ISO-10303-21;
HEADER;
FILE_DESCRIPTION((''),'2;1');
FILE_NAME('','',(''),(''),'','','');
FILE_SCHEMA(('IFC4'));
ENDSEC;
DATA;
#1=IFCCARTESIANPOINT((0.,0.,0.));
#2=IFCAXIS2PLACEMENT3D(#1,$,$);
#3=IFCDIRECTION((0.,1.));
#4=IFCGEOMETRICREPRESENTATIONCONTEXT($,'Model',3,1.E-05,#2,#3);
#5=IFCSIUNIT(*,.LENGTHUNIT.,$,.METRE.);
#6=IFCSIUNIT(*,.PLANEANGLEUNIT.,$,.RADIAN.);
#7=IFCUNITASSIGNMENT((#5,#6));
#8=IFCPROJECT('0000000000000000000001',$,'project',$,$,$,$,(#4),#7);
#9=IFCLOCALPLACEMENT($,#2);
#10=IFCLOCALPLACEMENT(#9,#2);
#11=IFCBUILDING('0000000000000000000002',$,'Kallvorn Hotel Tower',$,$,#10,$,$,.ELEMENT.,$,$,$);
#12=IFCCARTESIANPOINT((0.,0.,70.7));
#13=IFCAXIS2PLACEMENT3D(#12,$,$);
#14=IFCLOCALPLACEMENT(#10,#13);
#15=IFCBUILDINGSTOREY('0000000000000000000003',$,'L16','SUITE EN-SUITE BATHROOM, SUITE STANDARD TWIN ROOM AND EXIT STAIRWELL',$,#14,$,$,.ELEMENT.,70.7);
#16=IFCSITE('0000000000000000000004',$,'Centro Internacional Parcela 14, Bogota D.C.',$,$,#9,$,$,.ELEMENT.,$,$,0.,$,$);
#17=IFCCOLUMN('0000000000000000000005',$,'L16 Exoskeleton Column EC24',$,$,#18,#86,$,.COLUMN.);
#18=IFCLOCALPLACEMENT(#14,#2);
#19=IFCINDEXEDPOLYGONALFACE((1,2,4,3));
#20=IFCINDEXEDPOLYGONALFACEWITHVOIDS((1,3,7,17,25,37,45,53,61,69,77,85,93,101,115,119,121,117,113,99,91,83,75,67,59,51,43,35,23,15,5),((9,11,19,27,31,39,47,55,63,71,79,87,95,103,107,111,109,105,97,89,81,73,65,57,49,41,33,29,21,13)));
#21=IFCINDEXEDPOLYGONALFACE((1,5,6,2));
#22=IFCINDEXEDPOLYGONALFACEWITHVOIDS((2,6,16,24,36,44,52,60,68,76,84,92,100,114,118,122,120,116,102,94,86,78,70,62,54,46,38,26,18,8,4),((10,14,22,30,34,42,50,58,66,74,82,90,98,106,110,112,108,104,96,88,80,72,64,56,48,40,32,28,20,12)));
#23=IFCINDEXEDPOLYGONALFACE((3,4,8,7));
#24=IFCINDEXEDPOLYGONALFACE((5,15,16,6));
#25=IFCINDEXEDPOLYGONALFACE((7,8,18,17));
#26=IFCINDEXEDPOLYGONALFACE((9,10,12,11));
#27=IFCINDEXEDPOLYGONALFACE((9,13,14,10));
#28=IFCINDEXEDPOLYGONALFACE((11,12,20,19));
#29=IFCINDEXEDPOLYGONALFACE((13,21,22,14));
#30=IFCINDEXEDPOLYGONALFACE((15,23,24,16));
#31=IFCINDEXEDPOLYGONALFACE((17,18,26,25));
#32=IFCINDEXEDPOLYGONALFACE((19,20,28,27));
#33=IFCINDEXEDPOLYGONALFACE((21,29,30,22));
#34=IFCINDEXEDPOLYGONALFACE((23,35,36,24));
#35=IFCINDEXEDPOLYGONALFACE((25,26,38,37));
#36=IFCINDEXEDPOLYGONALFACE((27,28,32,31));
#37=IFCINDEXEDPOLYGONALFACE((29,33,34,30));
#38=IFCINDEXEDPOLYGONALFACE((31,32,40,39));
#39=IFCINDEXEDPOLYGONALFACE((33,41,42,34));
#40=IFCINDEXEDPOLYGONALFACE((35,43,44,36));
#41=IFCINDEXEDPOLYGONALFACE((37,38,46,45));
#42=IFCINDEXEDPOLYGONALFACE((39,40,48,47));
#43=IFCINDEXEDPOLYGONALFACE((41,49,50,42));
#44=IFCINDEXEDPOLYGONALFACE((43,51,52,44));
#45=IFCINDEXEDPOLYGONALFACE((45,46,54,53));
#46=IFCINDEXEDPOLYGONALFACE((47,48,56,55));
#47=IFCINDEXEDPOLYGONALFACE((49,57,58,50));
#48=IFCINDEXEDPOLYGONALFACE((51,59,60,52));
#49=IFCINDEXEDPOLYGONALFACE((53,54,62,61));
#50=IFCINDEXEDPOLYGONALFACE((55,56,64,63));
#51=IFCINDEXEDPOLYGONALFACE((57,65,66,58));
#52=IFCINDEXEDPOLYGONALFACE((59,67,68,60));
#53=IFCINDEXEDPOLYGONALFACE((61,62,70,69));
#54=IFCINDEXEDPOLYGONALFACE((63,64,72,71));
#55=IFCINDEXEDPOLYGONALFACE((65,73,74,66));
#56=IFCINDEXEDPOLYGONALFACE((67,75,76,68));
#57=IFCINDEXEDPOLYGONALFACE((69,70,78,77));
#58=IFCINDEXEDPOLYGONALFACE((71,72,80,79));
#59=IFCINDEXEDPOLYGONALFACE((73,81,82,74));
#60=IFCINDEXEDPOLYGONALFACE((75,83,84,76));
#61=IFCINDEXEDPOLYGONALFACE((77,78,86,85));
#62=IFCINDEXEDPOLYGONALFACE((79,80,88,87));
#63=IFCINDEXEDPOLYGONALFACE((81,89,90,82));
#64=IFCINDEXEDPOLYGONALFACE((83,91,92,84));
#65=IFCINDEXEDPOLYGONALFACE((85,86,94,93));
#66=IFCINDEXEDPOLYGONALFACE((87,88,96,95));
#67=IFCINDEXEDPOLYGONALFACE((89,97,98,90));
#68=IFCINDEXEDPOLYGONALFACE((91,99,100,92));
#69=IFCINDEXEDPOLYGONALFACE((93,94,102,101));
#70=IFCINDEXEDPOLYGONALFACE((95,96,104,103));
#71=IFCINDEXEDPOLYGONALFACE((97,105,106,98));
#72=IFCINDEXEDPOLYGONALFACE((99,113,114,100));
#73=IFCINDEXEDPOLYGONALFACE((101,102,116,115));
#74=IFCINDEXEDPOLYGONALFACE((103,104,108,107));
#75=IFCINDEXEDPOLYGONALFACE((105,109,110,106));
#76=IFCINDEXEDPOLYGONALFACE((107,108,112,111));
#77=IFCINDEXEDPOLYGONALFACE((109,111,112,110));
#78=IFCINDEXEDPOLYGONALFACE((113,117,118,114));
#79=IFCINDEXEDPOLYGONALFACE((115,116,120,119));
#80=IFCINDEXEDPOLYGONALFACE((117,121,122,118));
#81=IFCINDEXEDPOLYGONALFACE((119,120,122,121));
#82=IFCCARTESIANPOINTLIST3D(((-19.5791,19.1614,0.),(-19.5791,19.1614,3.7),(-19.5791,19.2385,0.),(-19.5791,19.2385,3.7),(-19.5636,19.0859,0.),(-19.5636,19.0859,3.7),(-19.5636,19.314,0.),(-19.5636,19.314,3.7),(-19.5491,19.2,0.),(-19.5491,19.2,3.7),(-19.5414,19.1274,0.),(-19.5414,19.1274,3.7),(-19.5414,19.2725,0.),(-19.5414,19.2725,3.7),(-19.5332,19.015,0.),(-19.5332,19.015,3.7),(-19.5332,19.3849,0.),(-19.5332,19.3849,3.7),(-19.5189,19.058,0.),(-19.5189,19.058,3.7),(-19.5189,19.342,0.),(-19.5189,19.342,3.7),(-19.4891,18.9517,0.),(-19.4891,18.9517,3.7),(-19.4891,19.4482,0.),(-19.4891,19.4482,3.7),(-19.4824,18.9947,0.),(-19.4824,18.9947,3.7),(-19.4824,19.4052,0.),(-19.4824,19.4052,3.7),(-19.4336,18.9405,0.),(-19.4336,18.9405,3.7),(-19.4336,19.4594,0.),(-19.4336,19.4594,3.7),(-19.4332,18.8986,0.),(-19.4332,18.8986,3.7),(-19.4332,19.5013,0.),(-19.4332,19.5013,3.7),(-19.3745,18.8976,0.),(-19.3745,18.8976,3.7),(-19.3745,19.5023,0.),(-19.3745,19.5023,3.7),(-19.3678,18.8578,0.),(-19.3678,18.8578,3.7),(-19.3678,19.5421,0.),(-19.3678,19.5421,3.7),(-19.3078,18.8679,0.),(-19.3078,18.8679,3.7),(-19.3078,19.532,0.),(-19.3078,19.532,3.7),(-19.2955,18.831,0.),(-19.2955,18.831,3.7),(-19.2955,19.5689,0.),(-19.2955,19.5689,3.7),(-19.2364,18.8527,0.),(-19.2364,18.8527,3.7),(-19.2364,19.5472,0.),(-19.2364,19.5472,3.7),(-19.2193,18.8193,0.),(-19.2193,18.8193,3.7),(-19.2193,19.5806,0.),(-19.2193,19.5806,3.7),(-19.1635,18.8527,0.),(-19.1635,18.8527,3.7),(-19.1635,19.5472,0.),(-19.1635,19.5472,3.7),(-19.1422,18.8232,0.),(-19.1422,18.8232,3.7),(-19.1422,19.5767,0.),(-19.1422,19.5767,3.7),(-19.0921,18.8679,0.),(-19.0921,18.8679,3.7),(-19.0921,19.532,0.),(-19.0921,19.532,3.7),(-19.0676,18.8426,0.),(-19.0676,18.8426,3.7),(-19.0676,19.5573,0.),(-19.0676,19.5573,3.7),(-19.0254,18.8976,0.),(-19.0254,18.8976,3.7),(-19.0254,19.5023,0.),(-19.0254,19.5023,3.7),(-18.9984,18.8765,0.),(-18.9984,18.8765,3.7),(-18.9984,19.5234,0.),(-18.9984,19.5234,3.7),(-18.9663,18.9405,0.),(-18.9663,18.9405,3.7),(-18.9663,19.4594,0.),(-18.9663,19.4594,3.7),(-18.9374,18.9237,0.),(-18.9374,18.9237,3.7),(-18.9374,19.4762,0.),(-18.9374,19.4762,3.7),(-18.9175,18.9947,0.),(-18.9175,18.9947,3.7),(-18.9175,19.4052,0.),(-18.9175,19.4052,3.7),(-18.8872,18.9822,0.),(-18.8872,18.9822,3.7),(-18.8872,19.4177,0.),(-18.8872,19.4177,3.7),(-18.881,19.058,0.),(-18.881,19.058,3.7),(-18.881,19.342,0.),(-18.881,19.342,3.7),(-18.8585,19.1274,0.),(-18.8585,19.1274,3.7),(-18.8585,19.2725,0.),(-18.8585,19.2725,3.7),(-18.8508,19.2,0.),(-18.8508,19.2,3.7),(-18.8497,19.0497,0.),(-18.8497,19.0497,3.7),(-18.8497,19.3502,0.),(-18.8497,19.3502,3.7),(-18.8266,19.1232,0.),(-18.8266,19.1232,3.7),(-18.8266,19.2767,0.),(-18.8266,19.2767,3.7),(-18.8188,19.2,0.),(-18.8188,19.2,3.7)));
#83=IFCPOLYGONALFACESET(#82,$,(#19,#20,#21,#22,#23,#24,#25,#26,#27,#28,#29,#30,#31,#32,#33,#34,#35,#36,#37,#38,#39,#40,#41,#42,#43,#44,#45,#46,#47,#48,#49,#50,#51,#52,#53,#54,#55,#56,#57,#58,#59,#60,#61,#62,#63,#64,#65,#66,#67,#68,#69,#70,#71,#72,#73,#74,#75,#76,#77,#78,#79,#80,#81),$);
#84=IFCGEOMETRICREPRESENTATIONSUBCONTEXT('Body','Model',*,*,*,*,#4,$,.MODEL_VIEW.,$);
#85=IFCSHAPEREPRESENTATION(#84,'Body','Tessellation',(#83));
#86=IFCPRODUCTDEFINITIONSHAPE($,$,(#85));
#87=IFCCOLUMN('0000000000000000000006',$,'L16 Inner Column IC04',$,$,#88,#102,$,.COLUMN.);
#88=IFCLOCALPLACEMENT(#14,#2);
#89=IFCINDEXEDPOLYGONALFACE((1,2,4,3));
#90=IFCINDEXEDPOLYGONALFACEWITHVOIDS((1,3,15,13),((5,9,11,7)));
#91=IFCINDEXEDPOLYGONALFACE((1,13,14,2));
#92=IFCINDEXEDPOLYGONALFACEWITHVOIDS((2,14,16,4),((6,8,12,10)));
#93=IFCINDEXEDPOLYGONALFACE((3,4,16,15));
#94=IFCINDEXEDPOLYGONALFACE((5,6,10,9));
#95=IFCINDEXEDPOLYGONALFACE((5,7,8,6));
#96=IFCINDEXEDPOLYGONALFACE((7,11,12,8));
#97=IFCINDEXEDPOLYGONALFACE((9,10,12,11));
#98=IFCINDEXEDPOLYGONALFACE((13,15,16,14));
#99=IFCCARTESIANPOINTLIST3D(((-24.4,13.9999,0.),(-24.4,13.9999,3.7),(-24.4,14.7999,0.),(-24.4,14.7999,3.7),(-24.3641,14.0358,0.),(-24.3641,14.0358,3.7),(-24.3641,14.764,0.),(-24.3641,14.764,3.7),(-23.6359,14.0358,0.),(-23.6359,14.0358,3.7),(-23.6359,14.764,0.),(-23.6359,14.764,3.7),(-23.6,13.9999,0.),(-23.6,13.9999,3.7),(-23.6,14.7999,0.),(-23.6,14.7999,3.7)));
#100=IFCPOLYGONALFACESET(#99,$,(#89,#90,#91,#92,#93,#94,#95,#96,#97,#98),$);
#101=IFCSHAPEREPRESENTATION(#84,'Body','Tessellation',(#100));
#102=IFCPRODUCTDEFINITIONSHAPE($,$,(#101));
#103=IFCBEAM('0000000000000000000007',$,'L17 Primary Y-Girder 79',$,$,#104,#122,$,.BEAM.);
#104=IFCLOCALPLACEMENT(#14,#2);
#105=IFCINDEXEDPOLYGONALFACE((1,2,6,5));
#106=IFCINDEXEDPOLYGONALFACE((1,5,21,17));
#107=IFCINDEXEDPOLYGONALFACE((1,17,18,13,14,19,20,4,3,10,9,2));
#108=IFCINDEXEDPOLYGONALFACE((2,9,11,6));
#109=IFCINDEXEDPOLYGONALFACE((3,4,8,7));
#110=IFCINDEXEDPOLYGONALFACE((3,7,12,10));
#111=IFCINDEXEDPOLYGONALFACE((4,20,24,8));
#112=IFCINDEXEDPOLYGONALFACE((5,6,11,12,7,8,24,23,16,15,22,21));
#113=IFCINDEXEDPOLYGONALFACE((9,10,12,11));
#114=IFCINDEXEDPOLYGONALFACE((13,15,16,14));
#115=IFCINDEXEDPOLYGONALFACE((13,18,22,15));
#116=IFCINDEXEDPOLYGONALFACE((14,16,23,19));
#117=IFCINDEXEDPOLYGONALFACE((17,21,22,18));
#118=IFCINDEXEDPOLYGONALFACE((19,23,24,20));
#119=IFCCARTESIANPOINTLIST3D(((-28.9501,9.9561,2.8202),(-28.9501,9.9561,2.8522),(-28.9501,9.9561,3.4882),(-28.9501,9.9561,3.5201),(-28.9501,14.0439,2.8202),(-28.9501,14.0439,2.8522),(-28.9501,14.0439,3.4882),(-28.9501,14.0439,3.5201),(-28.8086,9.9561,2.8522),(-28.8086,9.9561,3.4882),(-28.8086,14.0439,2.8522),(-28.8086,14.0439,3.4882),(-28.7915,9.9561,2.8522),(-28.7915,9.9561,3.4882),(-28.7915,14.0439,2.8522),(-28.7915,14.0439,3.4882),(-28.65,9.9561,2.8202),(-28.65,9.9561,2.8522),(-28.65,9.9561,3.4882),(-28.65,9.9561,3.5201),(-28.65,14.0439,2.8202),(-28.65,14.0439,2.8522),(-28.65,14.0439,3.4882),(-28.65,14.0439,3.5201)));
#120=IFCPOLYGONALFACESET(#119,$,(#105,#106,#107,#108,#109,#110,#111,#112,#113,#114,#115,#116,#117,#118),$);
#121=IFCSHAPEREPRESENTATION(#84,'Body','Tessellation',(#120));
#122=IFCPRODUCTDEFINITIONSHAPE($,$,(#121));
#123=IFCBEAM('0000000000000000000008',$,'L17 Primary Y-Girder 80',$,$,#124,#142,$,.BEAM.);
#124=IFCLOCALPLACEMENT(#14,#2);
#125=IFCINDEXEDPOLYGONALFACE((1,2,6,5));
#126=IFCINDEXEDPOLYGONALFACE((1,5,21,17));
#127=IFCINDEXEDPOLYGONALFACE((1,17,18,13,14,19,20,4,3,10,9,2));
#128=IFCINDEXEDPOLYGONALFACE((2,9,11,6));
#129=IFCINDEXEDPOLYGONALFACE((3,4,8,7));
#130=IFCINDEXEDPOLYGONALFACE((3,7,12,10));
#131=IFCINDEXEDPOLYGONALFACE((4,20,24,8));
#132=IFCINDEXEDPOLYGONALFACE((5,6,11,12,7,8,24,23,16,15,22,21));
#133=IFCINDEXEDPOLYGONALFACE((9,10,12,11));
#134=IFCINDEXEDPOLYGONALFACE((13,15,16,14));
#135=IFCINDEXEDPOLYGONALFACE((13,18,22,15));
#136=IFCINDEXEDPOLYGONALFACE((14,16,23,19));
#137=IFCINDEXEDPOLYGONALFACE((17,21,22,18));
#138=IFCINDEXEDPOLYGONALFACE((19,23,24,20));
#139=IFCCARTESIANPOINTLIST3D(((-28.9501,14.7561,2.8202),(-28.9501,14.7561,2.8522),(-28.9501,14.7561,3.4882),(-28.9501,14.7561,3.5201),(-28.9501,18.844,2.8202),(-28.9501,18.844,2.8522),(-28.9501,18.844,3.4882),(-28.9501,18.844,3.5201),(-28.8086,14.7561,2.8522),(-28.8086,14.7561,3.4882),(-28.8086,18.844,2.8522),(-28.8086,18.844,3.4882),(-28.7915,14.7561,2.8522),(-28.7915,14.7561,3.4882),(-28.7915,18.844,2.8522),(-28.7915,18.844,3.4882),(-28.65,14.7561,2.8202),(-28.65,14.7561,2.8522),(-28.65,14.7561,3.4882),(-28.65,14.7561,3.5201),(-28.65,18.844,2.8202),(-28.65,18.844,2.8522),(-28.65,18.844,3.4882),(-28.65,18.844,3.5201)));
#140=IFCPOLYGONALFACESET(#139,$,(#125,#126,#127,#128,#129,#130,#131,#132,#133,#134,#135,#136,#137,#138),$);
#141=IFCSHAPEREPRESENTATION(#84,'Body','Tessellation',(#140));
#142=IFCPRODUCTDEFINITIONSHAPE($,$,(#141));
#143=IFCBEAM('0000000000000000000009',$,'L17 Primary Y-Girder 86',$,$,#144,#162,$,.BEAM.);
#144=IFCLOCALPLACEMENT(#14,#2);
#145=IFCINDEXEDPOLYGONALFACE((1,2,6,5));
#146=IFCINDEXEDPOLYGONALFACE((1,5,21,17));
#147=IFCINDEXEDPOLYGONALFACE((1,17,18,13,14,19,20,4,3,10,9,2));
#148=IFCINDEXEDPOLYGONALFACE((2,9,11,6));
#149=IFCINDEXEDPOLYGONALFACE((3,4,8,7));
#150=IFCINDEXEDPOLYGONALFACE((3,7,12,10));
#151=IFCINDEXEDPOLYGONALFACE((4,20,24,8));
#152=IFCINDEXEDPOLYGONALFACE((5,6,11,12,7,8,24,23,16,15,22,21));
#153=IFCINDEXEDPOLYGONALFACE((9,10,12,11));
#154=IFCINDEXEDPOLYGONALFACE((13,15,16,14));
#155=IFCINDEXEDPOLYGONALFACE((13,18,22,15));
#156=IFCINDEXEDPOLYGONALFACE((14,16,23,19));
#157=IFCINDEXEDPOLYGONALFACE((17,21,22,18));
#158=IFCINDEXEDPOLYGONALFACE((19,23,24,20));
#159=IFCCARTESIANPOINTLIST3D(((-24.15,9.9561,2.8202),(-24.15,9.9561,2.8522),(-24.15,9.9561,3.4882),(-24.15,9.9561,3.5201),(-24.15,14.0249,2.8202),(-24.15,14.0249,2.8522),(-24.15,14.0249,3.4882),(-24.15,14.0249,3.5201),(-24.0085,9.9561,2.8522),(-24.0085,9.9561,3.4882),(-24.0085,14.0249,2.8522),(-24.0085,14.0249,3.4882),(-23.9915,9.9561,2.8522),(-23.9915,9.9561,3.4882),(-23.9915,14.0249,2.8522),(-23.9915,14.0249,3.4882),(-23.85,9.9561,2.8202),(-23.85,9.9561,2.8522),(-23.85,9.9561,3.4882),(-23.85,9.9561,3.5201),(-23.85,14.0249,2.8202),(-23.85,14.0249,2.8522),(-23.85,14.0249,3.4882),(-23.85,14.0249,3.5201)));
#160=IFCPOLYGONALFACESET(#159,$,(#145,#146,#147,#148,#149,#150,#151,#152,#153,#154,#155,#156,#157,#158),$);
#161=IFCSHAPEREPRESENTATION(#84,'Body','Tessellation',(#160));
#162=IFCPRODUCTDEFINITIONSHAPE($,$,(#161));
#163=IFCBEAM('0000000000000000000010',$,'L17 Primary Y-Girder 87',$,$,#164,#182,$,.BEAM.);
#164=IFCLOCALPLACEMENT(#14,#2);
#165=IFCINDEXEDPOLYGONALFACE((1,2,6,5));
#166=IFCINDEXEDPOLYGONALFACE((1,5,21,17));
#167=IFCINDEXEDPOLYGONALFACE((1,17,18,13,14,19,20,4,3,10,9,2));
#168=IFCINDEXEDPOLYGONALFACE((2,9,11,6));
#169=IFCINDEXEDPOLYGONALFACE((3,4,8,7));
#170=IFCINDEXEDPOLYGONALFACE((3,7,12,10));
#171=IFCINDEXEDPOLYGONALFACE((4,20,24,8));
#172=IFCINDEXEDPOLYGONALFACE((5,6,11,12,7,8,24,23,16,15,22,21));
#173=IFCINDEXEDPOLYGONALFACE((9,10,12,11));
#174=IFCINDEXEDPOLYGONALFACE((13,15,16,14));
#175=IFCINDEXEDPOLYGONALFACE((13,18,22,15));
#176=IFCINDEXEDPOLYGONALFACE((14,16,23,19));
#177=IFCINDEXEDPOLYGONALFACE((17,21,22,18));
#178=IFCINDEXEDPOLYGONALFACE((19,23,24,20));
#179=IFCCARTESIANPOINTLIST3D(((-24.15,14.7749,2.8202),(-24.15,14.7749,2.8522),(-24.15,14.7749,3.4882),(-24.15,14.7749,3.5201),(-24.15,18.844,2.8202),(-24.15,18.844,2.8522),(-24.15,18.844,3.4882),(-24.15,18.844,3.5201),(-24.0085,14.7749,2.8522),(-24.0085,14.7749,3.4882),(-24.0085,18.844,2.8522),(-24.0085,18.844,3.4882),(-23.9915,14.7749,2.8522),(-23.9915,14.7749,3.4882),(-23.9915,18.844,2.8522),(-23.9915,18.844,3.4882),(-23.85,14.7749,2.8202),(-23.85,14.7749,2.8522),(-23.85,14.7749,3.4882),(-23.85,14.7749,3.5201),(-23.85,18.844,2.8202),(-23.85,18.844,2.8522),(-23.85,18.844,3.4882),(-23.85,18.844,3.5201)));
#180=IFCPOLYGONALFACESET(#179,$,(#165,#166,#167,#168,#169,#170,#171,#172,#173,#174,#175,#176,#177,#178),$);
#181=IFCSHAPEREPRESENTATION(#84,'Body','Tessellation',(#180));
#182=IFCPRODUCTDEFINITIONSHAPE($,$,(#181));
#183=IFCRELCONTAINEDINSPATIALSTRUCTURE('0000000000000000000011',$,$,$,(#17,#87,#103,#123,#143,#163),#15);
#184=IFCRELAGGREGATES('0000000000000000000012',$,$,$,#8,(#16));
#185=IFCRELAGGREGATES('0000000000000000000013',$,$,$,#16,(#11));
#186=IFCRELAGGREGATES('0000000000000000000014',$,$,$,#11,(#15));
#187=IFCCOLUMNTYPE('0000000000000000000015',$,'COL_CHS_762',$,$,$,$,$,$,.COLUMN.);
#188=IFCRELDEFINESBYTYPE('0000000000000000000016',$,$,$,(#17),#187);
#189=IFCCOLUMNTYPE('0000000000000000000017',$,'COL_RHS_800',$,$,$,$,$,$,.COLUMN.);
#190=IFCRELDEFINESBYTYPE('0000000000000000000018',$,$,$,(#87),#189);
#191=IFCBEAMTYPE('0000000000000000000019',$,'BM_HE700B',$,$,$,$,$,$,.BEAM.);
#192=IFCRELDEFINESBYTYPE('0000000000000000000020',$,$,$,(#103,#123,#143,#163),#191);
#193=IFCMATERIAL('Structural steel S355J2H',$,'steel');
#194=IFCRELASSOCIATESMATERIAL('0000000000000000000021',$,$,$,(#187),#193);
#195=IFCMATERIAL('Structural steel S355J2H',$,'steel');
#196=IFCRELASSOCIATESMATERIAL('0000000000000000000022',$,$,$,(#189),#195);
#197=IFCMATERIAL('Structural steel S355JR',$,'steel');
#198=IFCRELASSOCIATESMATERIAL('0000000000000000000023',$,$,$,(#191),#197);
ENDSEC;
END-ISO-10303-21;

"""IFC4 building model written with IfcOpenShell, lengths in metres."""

from ifc_helpers import new_model, si_unit, direction, frame, origin, origin_2d, place, context, subcontext, project, spatial, hollow_rectangle, hollow_circle, i_section, extrude, material, material_profile, profile_set, type_object, element, save


model = new_model("IFC4")

# Units and contexts
model_context = context("Model", 3, precision=1e-05, world=origin(), true_north=direction((0.0, 1.0)))
body_context = subcontext(model_context, "Body", "Model", "MODEL_VIEW")
ifc_project = project(units=[si_unit("LENGTHUNIT", "METRE"), si_unit("PLANEANGLEUNIT", "RADIAN")], contexts=[model_context])

# Site, building, storey
site_placement = place(None, origin())
site = spatial("IfcSite", under=ifc_project, at=site_placement, Name="Centro Internacional Parcela 14, Bogota D.C.", CompositionType="ELEMENT", RefElevation=0.0)
building_placement = place(site_placement, origin())
building = spatial("IfcBuilding", under=site, at=building_placement, Name="Kallvorn Hotel Tower", CompositionType="ELEMENT")
storey_placement = place(building_placement, frame((0.0, 0.0, 70.7)))
storey = spatial("IfcBuildingStorey", under=building, at=storey_placement, Name="L16", Description="SUITE EN-SUITE BATHROOM, SUITE STANDARD TWIN ROOM AND EXIT STAIRWELL", CompositionType="ELEMENT", Elevation=70.7)

# Columns
ifc_material_1 = material(Name="Structural steel S355J2H", Category="steel")
ifc_material_profile_1 = material_profile(ifc_material_1, hollow_circle(Radius=0.3811, WallThickness=0.032, at=origin_2d()), Name="CHS 762x32")
ifc_profile_set_1 = profile_set([ifc_material_profile_1], Name="Structural steel S355J2H")
column_type_1 = type_object("IfcColumnType", Name="COL_CHS_762", PredefinedType="COLUMN", material=ifc_profile_set_1)
for number, where, z_axis, x_axis, name in (
    (1, (-19.2, 19.2, 0.0), (0.0, 0.0, 1.0), (1.0, 0.0, 0.0), "L16 Exoskeleton Column EC24"),
):
    element("IfcColumn", number, at=place(storey_placement, frame(where, z_axis=z_axis, x_axis=x_axis)), inside=storey, type_object=column_type_1, Name=name, PredefinedType="COLUMN", context=body_context, shape_type="SweptSolid", body=[
        extrude(hollow_circle(Radius=0.3811, WallThickness=0.032, at=origin_2d()), origin(), (0.0, 0.0, 1.0), 3.7),
    ])
ifc_material_2 = material(Name="Structural steel S355J2H", Category="steel")
ifc_material_profile_2 = material_profile(ifc_material_2, hollow_rectangle(XDim=0.8, YDim=0.8, WallThickness=0.0359, at=origin_2d()), Name="RHS 800x800x36")
ifc_profile_set_2 = profile_set([ifc_material_profile_2], Name="Structural steel S355J2H")
column_type_2 = type_object("IfcColumnType", Name="COL_RHS_800", PredefinedType="COLUMN", material=ifc_profile_set_2)
column_placement = place(storey_placement, frame((-24.0, 14.3999, 0.0), z_axis=(0.0, 0.0, 1.0), x_axis=(1.0, 0.0, 0.0)))
element("IfcColumn", 2, at=column_placement, inside=storey, type_object=column_type_2, Name="L16 Inner Column IC04", PredefinedType="COLUMN", context=body_context, shape_type="SweptSolid", body=[
    extrude(hollow_rectangle(XDim=0.8, YDim=0.8, WallThickness=0.0359, at=origin_2d()), origin(), (0.0, 0.0, 1.0), 3.7),
])

# Beams
ifc_material_3 = material(Name="Structural steel S355JR", Category="steel")
ifc_material_profile_3 = material_profile(ifc_material_3, i_section(OverallWidth=0.3, OverallDepth=0.7, WebThickness=0.0171, FlangeThickness=0.032, at=origin_2d()), Name="HE 700 B")
ifc_profile_set_3 = profile_set([ifc_material_profile_3], Name="Structural steel S355JR")
beam_type_1 = type_object("IfcBeamType", Name="BM_HE700B", PredefinedType="BEAM", material=ifc_profile_set_3)
for number, where, z_axis, x_axis, name in (
    (3, (-28.8, 9.9561, 3.1702), (0.0, 1.0, 0.0), (-1.0, 0.0, 0.0), "L17 Primary Y-Girder 79"),
    (4, (-28.8, 14.7561, 3.1702), (0.0, 1.0, 0.0), (-1.0, 0.0, 0.0), "L17 Primary Y-Girder 80"),
):
    element("IfcBeam", number, at=place(storey_placement, frame(where, z_axis=z_axis, x_axis=x_axis)), inside=storey, type_object=beam_type_1, Name=name, PredefinedType="BEAM", context=body_context, shape_type="SweptSolid", body=[
        extrude(i_section(OverallWidth=0.3, OverallDepth=0.7, WebThickness=0.0171, FlangeThickness=0.032, at=origin_2d()), origin(), (0.0, 0.0, 1.0), 4.0879),
    ])
beam_1_placement = place(storey_placement, frame((-24.0, 9.9561, 3.1702), z_axis=(0.0, 1.0, 0.0), x_axis=(-1.0, 0.0, 0.0)))
element("IfcBeam", 5, at=beam_1_placement, inside=storey, type_object=beam_type_1, Name="L17 Primary Y-Girder 86", PredefinedType="BEAM", context=body_context, shape_type="SweptSolid", body=[
    extrude(i_section(OverallWidth=0.3, OverallDepth=0.7, WebThickness=0.0171, FlangeThickness=0.032, at=origin_2d()), origin(), (0.0, 0.0, 1.0), 4.0688),
])
beam_2_placement = place(storey_placement, frame((-24.0, 14.7749, 3.1702), z_axis=(0.0, 1.0, 0.0), x_axis=(-1.0, 0.0, 0.0)))
element("IfcBeam", 6, at=beam_2_placement, inside=storey, type_object=beam_type_1, Name="L17 Primary Y-Girder 87", PredefinedType="BEAM", context=body_context, shape_type="SweptSolid", body=[
    extrude(i_section(OverallWidth=0.3, OverallDepth=0.7, WebThickness=0.0171, FlangeThickness=0.032, at=origin_2d()), origin(), (0.0, 0.0, 1.0), 4.0691),
])

save(model, "model.ifc")
